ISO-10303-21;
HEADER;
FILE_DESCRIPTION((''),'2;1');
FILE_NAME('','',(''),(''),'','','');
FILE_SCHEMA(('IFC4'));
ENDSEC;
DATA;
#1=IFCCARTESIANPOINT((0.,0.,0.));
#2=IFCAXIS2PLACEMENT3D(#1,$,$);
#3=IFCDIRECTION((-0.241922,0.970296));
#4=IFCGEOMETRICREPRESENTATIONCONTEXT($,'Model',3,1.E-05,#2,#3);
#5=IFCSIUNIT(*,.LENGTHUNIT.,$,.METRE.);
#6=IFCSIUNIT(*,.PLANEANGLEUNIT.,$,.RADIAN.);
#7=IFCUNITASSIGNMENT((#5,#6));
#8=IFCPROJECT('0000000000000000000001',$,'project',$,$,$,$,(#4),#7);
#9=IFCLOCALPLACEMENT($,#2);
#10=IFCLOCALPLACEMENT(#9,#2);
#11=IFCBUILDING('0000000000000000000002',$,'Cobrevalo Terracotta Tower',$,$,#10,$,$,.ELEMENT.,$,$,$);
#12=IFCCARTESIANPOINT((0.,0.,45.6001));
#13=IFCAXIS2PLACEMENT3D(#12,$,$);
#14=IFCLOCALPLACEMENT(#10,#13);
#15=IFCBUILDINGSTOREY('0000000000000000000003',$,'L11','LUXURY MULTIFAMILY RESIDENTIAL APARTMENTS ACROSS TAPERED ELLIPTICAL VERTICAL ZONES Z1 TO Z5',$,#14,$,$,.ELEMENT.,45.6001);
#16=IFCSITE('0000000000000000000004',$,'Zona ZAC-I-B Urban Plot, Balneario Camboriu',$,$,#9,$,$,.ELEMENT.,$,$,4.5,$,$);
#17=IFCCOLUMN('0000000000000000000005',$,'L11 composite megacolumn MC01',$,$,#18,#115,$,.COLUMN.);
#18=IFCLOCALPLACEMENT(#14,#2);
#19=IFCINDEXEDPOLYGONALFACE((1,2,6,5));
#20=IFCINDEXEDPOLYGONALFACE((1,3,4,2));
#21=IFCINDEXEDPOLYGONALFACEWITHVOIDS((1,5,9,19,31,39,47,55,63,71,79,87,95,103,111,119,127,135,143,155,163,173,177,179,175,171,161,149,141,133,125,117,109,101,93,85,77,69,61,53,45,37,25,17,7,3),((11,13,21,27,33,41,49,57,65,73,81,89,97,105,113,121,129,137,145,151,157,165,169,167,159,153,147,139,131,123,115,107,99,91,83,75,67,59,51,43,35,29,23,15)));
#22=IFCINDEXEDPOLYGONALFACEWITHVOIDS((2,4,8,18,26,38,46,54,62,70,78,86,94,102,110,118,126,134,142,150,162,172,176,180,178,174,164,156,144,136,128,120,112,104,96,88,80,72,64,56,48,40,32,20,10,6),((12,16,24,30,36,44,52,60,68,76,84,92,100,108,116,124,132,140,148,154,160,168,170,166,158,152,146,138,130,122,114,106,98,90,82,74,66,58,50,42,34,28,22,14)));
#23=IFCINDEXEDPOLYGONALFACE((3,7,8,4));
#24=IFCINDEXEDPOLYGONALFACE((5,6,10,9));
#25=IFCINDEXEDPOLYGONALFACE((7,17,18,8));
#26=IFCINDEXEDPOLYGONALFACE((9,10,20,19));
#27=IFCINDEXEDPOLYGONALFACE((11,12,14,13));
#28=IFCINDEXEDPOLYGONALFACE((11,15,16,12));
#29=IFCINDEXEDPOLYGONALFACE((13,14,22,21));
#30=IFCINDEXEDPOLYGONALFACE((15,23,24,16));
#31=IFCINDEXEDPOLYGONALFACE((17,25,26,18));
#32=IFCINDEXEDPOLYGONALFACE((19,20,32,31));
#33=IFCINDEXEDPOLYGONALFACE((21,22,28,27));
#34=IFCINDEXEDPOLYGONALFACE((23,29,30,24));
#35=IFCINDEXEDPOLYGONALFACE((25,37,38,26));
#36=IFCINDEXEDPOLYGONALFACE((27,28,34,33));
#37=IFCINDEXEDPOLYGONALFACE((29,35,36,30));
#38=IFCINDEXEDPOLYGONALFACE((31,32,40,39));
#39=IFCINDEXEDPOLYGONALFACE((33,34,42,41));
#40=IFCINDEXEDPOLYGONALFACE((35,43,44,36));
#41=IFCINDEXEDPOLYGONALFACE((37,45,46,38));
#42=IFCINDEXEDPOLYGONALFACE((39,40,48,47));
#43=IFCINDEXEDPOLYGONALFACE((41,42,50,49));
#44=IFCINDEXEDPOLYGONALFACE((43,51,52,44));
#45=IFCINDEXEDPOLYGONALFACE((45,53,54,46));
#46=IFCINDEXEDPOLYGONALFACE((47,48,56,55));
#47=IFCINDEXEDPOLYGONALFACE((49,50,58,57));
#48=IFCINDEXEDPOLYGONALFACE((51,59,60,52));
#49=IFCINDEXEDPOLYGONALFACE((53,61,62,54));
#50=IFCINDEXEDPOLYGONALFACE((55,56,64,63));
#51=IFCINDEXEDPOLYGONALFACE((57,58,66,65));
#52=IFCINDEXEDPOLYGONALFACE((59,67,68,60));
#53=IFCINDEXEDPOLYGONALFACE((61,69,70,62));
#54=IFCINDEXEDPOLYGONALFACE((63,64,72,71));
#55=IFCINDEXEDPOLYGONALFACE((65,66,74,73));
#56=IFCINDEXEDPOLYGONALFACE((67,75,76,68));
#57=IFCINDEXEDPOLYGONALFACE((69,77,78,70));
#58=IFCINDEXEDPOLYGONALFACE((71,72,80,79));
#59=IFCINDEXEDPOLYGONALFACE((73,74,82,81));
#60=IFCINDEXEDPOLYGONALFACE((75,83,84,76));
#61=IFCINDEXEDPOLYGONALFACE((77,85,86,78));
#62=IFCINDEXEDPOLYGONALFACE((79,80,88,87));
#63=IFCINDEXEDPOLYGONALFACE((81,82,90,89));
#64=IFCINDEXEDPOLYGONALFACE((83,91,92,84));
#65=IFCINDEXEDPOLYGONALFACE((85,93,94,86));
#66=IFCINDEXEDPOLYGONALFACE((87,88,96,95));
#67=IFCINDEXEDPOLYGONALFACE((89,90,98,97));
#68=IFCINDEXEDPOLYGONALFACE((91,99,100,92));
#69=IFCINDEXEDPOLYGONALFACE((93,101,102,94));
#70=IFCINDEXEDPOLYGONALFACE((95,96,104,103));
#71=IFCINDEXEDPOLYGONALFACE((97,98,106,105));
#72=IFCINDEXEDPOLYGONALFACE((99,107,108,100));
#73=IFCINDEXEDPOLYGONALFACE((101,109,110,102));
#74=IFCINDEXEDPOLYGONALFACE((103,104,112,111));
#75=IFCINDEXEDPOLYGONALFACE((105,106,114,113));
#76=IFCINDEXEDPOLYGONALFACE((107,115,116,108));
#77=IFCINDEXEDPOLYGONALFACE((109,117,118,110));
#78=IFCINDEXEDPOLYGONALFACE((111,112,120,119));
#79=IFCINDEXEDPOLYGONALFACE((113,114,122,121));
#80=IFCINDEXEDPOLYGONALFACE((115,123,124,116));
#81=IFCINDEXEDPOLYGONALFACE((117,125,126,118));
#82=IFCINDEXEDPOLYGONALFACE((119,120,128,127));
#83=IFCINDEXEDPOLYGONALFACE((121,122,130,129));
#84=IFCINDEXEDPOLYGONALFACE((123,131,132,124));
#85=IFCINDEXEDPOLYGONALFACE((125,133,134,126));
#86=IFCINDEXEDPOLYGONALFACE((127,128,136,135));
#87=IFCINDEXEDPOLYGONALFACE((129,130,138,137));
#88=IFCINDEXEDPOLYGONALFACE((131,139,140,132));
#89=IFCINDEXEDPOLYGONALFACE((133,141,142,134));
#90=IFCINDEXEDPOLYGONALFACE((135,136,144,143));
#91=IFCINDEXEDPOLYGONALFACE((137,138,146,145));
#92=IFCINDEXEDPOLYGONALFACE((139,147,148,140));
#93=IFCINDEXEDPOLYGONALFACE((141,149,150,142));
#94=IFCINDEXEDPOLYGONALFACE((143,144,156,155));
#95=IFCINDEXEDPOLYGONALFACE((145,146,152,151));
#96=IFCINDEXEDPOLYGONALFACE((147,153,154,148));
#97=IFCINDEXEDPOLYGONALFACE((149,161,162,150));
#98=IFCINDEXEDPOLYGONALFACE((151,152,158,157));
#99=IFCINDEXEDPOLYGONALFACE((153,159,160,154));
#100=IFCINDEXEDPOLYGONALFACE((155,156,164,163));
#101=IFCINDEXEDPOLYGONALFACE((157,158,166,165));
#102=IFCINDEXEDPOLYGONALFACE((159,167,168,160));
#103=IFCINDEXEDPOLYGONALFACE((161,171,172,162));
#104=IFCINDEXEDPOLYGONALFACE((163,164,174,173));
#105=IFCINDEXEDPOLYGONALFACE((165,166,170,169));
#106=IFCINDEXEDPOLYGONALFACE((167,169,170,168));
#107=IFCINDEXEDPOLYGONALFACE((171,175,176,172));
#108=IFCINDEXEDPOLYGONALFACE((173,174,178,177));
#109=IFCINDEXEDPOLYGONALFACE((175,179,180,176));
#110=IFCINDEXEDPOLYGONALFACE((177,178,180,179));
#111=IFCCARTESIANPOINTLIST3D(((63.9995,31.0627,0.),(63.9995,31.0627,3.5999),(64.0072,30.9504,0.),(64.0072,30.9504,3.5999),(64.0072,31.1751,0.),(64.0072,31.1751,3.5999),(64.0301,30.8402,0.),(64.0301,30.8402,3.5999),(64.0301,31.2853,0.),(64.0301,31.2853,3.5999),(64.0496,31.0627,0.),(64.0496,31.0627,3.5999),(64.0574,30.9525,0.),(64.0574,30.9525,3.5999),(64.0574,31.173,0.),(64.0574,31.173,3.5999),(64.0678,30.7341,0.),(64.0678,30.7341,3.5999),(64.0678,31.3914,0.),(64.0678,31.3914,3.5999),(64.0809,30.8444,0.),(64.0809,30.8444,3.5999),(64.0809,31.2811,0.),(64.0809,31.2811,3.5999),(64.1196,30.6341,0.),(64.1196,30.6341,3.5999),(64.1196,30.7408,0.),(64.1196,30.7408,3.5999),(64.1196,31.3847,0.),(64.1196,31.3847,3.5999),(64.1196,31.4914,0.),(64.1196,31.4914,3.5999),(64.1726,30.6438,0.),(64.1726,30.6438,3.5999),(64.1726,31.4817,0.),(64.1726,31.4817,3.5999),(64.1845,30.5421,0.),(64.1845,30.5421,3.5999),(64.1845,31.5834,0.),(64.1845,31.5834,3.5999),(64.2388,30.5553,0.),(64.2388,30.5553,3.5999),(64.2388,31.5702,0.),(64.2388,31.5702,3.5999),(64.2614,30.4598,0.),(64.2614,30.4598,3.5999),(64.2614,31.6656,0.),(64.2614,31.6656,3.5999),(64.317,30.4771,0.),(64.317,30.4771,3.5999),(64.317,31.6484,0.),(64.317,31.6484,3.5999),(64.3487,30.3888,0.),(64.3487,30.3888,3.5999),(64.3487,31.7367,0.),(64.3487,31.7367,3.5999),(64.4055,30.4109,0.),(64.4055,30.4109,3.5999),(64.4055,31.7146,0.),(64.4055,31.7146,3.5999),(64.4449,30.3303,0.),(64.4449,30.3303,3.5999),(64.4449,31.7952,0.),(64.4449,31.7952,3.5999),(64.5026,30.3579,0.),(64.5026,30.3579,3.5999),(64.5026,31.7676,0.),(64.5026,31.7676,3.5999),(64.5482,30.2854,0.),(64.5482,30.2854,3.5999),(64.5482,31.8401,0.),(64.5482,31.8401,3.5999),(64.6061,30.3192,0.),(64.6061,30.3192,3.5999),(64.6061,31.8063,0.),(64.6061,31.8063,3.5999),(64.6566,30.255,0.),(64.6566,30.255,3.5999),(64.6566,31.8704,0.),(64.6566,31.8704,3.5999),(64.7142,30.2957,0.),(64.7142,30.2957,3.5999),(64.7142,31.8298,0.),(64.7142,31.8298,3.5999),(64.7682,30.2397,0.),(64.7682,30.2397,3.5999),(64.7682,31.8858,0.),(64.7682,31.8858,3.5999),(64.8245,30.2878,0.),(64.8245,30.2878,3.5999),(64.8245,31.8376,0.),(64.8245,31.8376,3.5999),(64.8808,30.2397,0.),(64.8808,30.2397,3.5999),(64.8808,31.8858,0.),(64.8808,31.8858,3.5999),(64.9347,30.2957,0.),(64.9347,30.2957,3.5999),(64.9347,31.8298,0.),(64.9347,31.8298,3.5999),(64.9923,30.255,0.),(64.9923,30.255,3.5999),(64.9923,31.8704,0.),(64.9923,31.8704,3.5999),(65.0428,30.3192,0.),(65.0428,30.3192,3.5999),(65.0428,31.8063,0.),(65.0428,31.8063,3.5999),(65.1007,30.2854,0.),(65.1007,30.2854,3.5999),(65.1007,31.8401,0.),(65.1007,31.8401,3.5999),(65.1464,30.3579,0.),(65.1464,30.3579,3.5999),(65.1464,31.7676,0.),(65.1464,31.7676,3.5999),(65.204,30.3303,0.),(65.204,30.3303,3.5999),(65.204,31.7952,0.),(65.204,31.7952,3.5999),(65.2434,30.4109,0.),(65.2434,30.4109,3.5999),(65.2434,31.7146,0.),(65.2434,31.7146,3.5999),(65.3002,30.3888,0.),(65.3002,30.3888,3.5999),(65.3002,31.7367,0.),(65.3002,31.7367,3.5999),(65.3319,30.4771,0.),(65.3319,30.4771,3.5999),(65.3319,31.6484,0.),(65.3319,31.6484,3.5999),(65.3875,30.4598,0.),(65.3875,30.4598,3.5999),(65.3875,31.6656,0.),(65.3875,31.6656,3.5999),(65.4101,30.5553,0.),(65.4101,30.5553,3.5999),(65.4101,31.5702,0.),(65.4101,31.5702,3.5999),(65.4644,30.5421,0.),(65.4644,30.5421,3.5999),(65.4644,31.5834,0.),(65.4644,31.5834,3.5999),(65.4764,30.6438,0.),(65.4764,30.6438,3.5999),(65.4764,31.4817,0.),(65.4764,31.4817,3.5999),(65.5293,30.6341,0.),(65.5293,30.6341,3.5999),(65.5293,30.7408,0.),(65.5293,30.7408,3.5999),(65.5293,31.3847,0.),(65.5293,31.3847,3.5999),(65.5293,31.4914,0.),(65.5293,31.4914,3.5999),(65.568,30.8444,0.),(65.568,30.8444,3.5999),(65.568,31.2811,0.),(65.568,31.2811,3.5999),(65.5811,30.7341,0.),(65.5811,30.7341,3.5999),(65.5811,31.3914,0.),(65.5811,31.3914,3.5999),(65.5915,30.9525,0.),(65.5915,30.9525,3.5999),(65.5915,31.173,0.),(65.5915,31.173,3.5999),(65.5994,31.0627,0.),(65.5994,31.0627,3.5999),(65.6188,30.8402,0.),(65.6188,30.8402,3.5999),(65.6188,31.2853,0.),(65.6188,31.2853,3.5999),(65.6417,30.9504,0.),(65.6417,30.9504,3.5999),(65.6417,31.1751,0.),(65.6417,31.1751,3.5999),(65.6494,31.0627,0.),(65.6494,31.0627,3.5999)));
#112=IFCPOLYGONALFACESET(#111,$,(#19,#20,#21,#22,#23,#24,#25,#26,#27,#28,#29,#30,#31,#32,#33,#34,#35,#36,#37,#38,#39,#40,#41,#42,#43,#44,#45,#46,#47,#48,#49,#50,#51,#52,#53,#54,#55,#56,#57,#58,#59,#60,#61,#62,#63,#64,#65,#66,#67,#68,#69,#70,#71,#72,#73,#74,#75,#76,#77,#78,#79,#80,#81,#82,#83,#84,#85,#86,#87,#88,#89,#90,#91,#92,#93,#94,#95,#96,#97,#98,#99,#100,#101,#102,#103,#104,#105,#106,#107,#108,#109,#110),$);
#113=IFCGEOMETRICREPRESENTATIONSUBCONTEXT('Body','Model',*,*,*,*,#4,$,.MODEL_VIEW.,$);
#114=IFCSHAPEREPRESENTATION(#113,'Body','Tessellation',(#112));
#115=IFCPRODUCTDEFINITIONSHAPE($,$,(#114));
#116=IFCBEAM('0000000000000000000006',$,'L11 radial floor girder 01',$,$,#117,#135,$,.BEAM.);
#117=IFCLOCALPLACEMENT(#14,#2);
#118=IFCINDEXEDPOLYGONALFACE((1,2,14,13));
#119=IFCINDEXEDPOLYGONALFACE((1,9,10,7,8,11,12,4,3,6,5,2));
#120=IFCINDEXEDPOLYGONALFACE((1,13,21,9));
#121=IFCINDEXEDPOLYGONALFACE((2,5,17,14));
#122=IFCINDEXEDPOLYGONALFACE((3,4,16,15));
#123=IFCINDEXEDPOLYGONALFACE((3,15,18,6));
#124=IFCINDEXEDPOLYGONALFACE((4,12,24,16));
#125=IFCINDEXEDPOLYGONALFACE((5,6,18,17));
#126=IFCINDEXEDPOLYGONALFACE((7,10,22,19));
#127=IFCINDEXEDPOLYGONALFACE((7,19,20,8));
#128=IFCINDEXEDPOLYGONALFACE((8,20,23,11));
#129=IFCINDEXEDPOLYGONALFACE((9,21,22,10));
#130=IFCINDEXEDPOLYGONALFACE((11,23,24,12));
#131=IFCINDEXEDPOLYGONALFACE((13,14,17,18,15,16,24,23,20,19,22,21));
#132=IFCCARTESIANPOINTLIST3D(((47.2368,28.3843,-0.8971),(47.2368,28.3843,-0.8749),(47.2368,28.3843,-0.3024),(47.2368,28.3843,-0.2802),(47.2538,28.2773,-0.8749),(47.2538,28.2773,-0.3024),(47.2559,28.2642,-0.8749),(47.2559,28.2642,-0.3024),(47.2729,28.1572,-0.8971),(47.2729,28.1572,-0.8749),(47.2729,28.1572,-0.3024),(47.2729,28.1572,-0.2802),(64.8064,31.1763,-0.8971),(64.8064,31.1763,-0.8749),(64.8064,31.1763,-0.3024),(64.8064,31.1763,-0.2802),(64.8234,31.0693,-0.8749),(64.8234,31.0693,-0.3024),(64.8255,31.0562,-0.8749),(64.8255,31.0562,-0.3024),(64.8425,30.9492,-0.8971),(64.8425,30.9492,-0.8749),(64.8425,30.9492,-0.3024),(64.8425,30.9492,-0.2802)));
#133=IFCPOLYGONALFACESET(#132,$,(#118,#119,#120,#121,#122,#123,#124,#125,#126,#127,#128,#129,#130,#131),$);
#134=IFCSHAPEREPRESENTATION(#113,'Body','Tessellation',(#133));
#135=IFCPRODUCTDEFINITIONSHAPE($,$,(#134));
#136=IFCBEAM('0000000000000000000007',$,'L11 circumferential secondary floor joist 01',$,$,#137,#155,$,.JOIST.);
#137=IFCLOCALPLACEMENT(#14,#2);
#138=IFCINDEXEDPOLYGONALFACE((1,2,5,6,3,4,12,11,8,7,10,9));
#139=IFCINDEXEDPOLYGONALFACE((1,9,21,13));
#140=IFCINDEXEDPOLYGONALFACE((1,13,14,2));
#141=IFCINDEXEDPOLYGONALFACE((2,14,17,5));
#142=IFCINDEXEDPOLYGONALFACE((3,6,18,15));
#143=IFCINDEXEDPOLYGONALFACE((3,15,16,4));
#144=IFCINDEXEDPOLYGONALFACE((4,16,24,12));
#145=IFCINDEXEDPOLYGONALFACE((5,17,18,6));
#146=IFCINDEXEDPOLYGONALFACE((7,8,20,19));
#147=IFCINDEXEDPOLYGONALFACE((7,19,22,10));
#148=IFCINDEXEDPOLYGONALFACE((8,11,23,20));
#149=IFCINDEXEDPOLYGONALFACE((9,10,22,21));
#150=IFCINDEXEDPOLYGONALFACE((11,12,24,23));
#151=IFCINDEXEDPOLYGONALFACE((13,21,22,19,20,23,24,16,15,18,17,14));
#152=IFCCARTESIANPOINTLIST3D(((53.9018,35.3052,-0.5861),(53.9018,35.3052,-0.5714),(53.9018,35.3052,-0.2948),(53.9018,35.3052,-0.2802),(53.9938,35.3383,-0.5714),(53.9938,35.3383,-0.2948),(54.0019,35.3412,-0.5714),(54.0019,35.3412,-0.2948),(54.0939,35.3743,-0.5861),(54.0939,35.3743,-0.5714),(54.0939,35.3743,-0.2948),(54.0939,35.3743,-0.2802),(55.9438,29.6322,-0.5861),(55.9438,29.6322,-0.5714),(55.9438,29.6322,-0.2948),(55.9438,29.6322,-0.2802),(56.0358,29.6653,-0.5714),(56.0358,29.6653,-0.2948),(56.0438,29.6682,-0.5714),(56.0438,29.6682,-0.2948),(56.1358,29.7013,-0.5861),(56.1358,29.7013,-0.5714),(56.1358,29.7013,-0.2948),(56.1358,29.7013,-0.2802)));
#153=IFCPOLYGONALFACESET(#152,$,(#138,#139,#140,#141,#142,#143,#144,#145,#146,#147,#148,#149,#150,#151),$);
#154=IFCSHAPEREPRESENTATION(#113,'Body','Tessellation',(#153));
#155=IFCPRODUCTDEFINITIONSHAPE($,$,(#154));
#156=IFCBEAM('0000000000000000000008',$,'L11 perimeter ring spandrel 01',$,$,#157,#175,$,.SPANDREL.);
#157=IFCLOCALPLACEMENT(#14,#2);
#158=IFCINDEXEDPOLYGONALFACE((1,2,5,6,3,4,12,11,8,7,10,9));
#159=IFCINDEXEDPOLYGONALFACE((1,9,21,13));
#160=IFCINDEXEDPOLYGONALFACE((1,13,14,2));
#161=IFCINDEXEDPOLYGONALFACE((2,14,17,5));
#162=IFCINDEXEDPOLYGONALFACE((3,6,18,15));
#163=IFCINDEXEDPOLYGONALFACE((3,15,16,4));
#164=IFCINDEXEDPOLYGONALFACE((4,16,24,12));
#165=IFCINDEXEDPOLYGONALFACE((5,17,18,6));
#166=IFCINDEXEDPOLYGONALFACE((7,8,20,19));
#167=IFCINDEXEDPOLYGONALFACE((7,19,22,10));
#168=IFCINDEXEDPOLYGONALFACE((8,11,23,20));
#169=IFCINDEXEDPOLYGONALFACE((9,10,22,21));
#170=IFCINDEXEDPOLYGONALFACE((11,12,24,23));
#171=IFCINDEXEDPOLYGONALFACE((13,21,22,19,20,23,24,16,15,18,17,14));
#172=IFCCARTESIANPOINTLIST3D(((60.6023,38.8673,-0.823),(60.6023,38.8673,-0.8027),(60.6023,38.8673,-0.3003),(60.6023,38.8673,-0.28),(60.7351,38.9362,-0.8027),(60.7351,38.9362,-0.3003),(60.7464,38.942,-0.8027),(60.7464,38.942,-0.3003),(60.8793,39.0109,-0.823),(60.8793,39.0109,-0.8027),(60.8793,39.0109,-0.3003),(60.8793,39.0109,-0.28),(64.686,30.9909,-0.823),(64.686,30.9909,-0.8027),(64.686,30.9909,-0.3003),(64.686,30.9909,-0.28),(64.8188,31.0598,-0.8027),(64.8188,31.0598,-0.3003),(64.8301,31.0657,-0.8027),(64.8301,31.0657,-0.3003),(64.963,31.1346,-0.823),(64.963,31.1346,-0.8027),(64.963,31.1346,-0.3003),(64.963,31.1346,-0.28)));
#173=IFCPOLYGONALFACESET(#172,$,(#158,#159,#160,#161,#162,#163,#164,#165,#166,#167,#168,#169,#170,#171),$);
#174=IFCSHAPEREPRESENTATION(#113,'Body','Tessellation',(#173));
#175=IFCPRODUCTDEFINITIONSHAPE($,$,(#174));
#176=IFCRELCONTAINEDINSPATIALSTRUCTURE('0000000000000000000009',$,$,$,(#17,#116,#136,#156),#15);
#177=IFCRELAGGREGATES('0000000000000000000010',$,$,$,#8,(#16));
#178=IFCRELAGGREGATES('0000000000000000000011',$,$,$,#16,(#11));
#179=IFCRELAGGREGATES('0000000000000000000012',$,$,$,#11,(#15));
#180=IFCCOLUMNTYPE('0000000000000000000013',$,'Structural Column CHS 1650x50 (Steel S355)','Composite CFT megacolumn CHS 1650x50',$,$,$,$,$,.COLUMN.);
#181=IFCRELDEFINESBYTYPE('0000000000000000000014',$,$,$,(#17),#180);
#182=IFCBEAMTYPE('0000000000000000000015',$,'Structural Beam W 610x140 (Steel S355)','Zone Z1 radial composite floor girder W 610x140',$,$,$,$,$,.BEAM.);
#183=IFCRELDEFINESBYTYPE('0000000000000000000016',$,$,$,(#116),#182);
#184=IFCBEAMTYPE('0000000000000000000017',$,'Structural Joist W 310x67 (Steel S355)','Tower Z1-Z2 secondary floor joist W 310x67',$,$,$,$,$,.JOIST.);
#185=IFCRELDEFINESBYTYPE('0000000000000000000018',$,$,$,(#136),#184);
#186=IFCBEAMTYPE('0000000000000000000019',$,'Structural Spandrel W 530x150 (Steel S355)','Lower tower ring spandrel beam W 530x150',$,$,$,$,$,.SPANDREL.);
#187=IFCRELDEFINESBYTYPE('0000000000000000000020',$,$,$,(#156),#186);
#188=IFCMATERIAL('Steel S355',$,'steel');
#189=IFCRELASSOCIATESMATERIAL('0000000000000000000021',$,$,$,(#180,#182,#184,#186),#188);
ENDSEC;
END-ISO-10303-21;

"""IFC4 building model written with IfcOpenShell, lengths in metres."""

from ifc_helpers import new_model, si_unit, direction, frame, origin, origin_2d, place, context, subcontext, project, spatial, hollow_circle, i_section, extrude, material, material_profile, profile_set, type_object, element, save


model = new_model("IFC4")

# Units and contexts
model_context = context("Model", 3, precision=1e-05, world=origin(), true_north=direction((-0.241922, 0.970296)))
body_context = subcontext(model_context, "Body", "Model", "MODEL_VIEW")
ifc_project = project(units=[si_unit("LENGTHUNIT", "METRE"), si_unit("PLANEANGLEUNIT", "RADIAN")], contexts=[model_context])

# Site, building, storey
site_placement = place(None, origin())
site = spatial("IfcSite", under=ifc_project, at=site_placement, Name="Zona ZAC-I-B Urban Plot, Balneario Camboriu", CompositionType="ELEMENT", RefElevation=4.5)
building_placement = place(site_placement, origin())
building = spatial("IfcBuilding", under=site, at=building_placement, Name="Cobrevalo Terracotta Tower", CompositionType="ELEMENT")
storey_placement = place(building_placement, frame((0.0, 0.0, 45.6001)))
storey = spatial("IfcBuildingStorey", under=building, at=storey_placement, Name="L11", Description="LUXURY MULTIFAMILY RESIDENTIAL APARTMENTS ACROSS TAPERED ELLIPTICAL VERTICAL ZONES Z1 TO Z5", CompositionType="ELEMENT", Elevation=45.6001)

# Column
ifc_material_1 = material(Name="Steel S355", Category="steel")
ifc_material_profile_1 = material_profile(ifc_material_1, hollow_circle(Radius=0.825, WallThickness=0.05, at=origin_2d()), Name="CHS 1650x50")
ifc_profile_set_1 = profile_set([ifc_material_profile_1], Name="Steel S355")
column_type = type_object("IfcColumnType", Name="Structural Column CHS 1650x50 (Steel S355)", Description="Composite CFT megacolumn CHS 1650x50", PredefinedType="COLUMN", material=ifc_profile_set_1)
column_placement = place(storey_placement, frame((64.8245, 31.0627, 0.0), z_axis=(0.0, 0.0, 1.0), x_axis=(1.0, 0.0, 0.0)))
element("IfcColumn", 1, at=column_placement, inside=storey, type_object=column_type, Name="L11 composite megacolumn MC01", PredefinedType="COLUMN", context=body_context, shape_type="SweptSolid", body=[
    extrude(hollow_circle(Radius=0.825, WallThickness=0.05, at=origin_2d()), origin(), (0.0, 0.0, 1.0), 3.5999),
])

# Beams
ifc_material_profile_2 = material_profile(ifc_material_1, i_section(OverallWidth=0.23, OverallDepth=0.6169, WebThickness=0.0132, FlangeThickness=0.0222, at=origin_2d()), Name="W 610x140")
ifc_profile_set_2 = profile_set([ifc_material_profile_2], Name="Steel S355")
beam_type_1 = type_object("IfcBeamType", Name="Structural Beam W 610x140 (Steel S355)", Description="Zone Z1 radial composite floor girder W 610x140", PredefinedType="BEAM", material=ifc_profile_set_2)
beam_1_placement = place(storey_placement, frame((64.8245, 31.0627, -0.5886), z_axis=(-0.987608, -0.156941, 0.0), x_axis=(0.156941, -0.987608, 0.0)))
element("IfcBeam", 2, at=beam_1_placement, inside=storey, type_object=beam_type_1, Name="L11 radial floor girder 01", PredefinedType="BEAM", context=body_context, shape_type="SweptSolid", body=[
    extrude(i_section(OverallWidth=0.23, OverallDepth=0.6169, WebThickness=0.0132, FlangeThickness=0.0222, at=origin_2d()), origin(), (0.0, 0.0, 1.0), 17.79),
])
ifc_material_profile_3 = material_profile(ifc_material_1, i_section(OverallWidth=0.2041, OverallDepth=0.3059, WebThickness=0.0085, FlangeThickness=0.0146, at=origin_2d()), Name="W 310x67")
ifc_profile_set_3 = profile_set([ifc_material_profile_3], Name="Steel S355")
beam_type_2 = type_object("IfcBeamType", Name="Structural Joist W 310x67 (Steel S355)", Description="Tower Z1-Z2 secondary floor joist W 310x67", PredefinedType="JOIST", material=ifc_profile_set_3)
beam_2_placement = place(storey_placement, frame((56.0398, 29.6667, -0.4331), z_axis=(-0.338672, 0.940904, 0.0), x_axis=(-0.940904, -0.338672, 0.0)))
element("IfcBeam", 3, at=beam_2_placement, inside=storey, type_object=beam_type_2, Name="L11 circumferential secondary floor joist 01", PredefinedType="JOIST", context=body_context, shape_type="SweptSolid", body=[
    extrude(i_section(OverallWidth=0.2041, OverallDepth=0.3059, WebThickness=0.0085, FlangeThickness=0.0146, at=origin_2d()), origin(), (0.0, 0.0, 1.0), 6.0293),
])
ifc_material_profile_4 = material_profile(ifc_material_1, i_section(OverallWidth=0.312, OverallDepth=0.543, WebThickness=0.0127, FlangeThickness=0.0203, at=origin_2d()), Name="W 530x150")
ifc_profile_set_4 = profile_set([ifc_material_profile_4], Name="Steel S355")
beam_type_3 = type_object("IfcBeamType", Name="Structural Spandrel W 530x150 (Steel S355)", Description="Lower tower ring spandrel beam W 530x150", PredefinedType="SPANDREL", material=ifc_profile_set_4)
beam_3_placement = place(storey_placement, frame((64.8245, 31.0627, -0.5515), z_axis=(-0.460286, 0.887771, 0.0), x_axis=(-0.887771, -0.460286, 0.0)))
element("IfcBeam", 4, at=beam_3_placement, inside=storey, type_object=beam_type_3, Name="L11 perimeter ring spandrel 01", PredefinedType="SPANDREL", context=body_context, shape_type="SweptSolid", body=[
    extrude(i_section(OverallWidth=0.312, OverallDepth=0.543, WebThickness=0.0127, FlangeThickness=0.0203, at=origin_2d()), origin(), (0.0, 0.0, 1.0), 8.8721),
])

save(model, "model.ifc")
